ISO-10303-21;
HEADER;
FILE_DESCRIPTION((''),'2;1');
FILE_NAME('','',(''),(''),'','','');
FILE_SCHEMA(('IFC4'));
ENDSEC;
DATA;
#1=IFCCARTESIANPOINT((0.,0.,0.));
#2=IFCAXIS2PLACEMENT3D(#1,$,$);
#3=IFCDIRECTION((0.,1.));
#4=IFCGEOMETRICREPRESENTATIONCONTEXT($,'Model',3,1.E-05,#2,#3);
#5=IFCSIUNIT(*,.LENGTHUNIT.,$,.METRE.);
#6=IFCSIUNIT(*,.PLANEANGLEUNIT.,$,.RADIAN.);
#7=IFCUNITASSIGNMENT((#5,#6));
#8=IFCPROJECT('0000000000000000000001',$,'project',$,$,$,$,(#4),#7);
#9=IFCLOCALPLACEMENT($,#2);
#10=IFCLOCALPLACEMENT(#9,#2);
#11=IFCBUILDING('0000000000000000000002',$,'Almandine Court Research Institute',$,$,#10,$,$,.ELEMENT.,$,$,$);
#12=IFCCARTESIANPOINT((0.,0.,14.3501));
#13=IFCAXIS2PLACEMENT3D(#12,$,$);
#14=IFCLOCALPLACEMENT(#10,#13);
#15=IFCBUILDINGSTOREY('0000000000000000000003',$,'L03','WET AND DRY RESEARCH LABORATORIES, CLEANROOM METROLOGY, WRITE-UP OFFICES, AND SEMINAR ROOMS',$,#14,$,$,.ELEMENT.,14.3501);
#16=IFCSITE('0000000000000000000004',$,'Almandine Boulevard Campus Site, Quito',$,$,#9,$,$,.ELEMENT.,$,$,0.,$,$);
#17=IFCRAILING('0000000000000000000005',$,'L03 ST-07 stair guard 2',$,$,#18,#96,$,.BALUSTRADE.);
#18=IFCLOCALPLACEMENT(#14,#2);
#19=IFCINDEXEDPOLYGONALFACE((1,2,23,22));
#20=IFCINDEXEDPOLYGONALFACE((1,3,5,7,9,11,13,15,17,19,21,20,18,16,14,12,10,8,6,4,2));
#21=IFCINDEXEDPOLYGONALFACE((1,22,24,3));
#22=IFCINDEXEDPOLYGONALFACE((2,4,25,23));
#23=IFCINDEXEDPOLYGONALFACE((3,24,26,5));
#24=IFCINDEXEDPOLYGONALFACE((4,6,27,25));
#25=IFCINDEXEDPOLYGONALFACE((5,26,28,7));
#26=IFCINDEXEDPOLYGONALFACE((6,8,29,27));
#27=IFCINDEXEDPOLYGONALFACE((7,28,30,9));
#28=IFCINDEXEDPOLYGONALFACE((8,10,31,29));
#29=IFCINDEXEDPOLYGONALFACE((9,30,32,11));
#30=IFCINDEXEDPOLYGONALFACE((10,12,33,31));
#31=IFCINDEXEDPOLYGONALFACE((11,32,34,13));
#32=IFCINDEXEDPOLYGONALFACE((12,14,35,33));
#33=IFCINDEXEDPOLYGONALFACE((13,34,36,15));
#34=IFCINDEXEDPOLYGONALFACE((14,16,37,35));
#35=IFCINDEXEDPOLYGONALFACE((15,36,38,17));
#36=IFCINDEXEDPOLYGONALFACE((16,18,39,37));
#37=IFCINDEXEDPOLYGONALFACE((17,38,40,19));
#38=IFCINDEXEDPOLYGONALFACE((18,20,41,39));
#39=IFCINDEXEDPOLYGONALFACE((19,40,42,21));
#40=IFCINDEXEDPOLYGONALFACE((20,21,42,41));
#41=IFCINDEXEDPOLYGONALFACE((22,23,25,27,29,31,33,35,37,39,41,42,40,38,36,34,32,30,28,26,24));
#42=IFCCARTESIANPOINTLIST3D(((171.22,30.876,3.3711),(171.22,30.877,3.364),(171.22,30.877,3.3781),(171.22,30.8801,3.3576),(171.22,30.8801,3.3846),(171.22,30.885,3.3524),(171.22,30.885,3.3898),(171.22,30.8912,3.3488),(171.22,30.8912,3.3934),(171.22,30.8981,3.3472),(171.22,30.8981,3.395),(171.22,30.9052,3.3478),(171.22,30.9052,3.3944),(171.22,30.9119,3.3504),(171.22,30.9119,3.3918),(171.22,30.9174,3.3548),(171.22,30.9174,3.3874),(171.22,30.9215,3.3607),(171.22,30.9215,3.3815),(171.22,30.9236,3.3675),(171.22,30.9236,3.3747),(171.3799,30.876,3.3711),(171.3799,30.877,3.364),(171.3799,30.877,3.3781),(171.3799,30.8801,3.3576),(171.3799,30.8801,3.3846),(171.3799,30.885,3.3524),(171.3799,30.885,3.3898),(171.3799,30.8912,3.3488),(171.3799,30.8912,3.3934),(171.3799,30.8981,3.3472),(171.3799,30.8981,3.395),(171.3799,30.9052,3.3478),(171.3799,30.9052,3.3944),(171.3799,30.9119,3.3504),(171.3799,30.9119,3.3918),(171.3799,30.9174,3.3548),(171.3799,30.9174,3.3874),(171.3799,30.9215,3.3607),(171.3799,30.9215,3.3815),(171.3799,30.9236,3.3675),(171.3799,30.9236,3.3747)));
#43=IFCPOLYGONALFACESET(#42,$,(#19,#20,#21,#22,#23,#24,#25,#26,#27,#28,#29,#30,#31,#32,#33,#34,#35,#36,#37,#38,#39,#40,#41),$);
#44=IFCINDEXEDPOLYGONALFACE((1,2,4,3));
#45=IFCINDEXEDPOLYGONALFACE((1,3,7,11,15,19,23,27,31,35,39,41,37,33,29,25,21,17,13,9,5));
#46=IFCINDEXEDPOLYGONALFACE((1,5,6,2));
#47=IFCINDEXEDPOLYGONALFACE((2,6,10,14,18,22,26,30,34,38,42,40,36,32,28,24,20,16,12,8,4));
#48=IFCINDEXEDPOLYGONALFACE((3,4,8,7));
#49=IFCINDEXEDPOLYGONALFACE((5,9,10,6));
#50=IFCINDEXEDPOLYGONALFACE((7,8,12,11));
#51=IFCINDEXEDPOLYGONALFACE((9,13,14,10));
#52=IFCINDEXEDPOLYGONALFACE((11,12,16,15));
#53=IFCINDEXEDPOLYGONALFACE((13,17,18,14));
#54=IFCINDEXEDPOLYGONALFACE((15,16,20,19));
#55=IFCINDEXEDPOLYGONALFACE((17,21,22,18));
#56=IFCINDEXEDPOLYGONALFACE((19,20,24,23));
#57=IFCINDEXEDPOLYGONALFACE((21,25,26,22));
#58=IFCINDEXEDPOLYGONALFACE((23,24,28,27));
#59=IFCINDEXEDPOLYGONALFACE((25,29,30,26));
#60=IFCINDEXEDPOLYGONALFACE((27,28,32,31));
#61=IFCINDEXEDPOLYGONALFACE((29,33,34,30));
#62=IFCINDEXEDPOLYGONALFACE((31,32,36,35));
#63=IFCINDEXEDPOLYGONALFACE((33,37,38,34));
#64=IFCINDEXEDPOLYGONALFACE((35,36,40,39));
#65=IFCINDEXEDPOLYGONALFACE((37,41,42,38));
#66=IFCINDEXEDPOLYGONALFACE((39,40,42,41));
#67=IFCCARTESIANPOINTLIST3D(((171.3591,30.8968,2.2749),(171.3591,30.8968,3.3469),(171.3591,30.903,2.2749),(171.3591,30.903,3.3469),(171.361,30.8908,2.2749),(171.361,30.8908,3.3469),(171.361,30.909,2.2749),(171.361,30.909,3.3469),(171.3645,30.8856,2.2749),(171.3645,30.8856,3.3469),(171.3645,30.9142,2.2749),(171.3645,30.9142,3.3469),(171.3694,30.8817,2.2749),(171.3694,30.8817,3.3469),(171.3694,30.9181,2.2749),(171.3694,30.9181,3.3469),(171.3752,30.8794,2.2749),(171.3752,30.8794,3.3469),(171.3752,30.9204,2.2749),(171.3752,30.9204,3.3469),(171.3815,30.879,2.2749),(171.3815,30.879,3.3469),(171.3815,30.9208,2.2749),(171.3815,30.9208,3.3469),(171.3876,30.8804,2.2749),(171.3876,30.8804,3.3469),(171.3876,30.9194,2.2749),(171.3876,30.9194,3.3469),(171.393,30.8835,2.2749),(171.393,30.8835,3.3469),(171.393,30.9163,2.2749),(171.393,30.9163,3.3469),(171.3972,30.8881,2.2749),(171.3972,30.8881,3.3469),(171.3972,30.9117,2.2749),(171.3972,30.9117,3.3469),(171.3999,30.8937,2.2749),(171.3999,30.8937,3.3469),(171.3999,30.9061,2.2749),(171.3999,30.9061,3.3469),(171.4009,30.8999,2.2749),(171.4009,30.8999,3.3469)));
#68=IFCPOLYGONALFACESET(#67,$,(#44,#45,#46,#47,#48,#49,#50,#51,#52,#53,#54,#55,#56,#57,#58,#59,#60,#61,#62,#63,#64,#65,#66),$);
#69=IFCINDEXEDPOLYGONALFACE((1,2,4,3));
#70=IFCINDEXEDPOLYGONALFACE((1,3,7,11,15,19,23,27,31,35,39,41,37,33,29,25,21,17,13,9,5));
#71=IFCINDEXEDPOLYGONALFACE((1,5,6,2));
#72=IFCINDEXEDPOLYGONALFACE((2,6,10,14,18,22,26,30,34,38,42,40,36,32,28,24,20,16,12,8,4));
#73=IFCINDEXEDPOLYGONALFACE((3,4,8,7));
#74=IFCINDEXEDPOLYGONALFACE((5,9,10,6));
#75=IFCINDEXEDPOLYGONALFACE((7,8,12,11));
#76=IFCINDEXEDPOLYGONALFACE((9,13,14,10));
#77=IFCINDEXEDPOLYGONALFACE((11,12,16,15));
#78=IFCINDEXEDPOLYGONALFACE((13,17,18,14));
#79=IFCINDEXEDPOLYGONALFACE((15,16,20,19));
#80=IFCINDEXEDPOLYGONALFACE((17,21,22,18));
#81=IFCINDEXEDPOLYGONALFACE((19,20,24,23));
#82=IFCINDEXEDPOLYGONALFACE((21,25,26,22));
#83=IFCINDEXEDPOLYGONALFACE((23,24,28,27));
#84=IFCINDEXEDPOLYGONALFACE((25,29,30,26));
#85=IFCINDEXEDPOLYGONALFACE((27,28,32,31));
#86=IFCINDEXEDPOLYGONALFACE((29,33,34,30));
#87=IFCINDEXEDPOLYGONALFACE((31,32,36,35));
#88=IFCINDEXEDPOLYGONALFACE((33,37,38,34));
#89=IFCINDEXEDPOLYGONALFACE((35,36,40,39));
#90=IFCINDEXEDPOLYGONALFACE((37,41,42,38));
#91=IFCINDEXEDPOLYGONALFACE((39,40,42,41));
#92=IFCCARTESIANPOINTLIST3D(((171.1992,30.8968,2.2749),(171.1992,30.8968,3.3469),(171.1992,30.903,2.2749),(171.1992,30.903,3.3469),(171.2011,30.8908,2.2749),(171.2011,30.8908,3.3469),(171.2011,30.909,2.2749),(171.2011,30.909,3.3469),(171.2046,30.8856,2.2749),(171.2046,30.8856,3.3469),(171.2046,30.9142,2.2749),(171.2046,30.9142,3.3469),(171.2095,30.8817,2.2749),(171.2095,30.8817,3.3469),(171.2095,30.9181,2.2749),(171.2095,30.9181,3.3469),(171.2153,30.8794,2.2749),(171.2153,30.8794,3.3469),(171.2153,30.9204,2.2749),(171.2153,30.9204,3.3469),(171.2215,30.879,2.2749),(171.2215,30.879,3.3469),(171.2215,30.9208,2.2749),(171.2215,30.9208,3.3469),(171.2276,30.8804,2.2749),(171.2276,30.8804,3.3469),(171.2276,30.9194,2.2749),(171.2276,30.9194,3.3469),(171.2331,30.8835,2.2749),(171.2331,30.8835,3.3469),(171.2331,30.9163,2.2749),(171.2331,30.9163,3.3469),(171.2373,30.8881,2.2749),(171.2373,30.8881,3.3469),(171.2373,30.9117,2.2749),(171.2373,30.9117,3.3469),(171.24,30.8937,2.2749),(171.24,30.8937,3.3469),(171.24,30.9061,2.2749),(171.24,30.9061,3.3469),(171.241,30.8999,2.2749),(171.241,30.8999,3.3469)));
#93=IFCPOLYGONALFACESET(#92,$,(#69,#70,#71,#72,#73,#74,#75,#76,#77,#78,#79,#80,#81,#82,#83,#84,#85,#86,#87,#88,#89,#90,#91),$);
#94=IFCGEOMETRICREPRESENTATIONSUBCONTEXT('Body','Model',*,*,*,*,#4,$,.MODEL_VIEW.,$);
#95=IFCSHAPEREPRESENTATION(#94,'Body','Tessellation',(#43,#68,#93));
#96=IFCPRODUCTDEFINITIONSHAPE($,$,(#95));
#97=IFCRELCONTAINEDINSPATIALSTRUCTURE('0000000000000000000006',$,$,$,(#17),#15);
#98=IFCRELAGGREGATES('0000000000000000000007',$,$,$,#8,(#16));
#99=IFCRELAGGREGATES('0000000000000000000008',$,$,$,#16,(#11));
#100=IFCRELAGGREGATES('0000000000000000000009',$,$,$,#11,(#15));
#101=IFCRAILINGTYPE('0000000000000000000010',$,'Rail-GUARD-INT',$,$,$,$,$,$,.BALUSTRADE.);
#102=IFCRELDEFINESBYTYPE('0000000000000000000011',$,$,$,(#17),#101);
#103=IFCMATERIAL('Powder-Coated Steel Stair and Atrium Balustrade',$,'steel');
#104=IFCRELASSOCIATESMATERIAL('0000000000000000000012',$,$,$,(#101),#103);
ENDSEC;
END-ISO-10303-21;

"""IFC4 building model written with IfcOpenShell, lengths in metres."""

from ifc_helpers import new_model, si_unit, direction, frame, origin, origin_2d, place, context, subcontext, project, spatial, circle, extrude, material, type_object, element, save


model = new_model("IFC4")

# Units and contexts
model_context = context("Model", 3, precision=1e-05, world=origin(), true_north=direction((0.0, 1.0)))
body_context = subcontext(model_context, "Body", "Model", "MODEL_VIEW")
ifc_project = project(units=[si_unit("LENGTHUNIT", "METRE"), si_unit("PLANEANGLEUNIT", "RADIAN")], contexts=[model_context])

# Site, building, storey
site_placement = place(None, origin())
site = spatial("IfcSite", under=ifc_project, at=site_placement, Name="Almandine Boulevard Campus Site, Quito", CompositionType="ELEMENT", RefElevation=0.0)
building_placement = place(site_placement, origin())
building = spatial("IfcBuilding", under=site, at=building_placement, Name="Almandine Court Research Institute", CompositionType="ELEMENT")
storey_placement = place(building_placement, frame((0.0, 0.0, 14.3501)))
storey = spatial("IfcBuildingStorey", under=building, at=storey_placement, Name="L03", Description="WET AND DRY RESEARCH LABORATORIES, CLEANROOM METROLOGY, WRITE-UP OFFICES, AND SEMINAR ROOMS", CompositionType="ELEMENT", Elevation=14.3501)

# Railing
ifc_material_1 = material(Name="Powder-Coated Steel Stair and Atrium Balustrade", Category="steel")
railing_type_1 = type_object("IfcRailingType", Name="Rail-GUARD-INT", PredefinedType="BALUSTRADE", material=ifc_material_1)
railing_1_placement = place(storey_placement, frame((171.3799, 30.8999, 2.2749)))
element("IfcRailing", 1, at=railing_1_placement, inside=storey, type_object=railing_type_1, Name="L03 ST-07 stair guard 2", PredefinedType="BALUSTRADE", context=body_context, shape_type="SweptSolid", body=[
    extrude(circle(Radius=0.0239, at=origin_2d()), frame((0.0, 0.0, 1.0962), z_axis=(-1.0, 0.0, 0.0), x_axis=(0.0, -1.0, 0.0)), (0.0, 0.0, 1.0), 0.1599),
    extrude(circle(Radius=0.021, at=origin_2d()), origin(), (0.0, 0.0, 1.0), 1.072),
    extrude(circle(Radius=0.021, at=origin_2d()), frame((-0.1599, 0.0, 0.0)), (0.0, 0.0, 1.0), 1.072),
])

save(model, "model.ifc")
